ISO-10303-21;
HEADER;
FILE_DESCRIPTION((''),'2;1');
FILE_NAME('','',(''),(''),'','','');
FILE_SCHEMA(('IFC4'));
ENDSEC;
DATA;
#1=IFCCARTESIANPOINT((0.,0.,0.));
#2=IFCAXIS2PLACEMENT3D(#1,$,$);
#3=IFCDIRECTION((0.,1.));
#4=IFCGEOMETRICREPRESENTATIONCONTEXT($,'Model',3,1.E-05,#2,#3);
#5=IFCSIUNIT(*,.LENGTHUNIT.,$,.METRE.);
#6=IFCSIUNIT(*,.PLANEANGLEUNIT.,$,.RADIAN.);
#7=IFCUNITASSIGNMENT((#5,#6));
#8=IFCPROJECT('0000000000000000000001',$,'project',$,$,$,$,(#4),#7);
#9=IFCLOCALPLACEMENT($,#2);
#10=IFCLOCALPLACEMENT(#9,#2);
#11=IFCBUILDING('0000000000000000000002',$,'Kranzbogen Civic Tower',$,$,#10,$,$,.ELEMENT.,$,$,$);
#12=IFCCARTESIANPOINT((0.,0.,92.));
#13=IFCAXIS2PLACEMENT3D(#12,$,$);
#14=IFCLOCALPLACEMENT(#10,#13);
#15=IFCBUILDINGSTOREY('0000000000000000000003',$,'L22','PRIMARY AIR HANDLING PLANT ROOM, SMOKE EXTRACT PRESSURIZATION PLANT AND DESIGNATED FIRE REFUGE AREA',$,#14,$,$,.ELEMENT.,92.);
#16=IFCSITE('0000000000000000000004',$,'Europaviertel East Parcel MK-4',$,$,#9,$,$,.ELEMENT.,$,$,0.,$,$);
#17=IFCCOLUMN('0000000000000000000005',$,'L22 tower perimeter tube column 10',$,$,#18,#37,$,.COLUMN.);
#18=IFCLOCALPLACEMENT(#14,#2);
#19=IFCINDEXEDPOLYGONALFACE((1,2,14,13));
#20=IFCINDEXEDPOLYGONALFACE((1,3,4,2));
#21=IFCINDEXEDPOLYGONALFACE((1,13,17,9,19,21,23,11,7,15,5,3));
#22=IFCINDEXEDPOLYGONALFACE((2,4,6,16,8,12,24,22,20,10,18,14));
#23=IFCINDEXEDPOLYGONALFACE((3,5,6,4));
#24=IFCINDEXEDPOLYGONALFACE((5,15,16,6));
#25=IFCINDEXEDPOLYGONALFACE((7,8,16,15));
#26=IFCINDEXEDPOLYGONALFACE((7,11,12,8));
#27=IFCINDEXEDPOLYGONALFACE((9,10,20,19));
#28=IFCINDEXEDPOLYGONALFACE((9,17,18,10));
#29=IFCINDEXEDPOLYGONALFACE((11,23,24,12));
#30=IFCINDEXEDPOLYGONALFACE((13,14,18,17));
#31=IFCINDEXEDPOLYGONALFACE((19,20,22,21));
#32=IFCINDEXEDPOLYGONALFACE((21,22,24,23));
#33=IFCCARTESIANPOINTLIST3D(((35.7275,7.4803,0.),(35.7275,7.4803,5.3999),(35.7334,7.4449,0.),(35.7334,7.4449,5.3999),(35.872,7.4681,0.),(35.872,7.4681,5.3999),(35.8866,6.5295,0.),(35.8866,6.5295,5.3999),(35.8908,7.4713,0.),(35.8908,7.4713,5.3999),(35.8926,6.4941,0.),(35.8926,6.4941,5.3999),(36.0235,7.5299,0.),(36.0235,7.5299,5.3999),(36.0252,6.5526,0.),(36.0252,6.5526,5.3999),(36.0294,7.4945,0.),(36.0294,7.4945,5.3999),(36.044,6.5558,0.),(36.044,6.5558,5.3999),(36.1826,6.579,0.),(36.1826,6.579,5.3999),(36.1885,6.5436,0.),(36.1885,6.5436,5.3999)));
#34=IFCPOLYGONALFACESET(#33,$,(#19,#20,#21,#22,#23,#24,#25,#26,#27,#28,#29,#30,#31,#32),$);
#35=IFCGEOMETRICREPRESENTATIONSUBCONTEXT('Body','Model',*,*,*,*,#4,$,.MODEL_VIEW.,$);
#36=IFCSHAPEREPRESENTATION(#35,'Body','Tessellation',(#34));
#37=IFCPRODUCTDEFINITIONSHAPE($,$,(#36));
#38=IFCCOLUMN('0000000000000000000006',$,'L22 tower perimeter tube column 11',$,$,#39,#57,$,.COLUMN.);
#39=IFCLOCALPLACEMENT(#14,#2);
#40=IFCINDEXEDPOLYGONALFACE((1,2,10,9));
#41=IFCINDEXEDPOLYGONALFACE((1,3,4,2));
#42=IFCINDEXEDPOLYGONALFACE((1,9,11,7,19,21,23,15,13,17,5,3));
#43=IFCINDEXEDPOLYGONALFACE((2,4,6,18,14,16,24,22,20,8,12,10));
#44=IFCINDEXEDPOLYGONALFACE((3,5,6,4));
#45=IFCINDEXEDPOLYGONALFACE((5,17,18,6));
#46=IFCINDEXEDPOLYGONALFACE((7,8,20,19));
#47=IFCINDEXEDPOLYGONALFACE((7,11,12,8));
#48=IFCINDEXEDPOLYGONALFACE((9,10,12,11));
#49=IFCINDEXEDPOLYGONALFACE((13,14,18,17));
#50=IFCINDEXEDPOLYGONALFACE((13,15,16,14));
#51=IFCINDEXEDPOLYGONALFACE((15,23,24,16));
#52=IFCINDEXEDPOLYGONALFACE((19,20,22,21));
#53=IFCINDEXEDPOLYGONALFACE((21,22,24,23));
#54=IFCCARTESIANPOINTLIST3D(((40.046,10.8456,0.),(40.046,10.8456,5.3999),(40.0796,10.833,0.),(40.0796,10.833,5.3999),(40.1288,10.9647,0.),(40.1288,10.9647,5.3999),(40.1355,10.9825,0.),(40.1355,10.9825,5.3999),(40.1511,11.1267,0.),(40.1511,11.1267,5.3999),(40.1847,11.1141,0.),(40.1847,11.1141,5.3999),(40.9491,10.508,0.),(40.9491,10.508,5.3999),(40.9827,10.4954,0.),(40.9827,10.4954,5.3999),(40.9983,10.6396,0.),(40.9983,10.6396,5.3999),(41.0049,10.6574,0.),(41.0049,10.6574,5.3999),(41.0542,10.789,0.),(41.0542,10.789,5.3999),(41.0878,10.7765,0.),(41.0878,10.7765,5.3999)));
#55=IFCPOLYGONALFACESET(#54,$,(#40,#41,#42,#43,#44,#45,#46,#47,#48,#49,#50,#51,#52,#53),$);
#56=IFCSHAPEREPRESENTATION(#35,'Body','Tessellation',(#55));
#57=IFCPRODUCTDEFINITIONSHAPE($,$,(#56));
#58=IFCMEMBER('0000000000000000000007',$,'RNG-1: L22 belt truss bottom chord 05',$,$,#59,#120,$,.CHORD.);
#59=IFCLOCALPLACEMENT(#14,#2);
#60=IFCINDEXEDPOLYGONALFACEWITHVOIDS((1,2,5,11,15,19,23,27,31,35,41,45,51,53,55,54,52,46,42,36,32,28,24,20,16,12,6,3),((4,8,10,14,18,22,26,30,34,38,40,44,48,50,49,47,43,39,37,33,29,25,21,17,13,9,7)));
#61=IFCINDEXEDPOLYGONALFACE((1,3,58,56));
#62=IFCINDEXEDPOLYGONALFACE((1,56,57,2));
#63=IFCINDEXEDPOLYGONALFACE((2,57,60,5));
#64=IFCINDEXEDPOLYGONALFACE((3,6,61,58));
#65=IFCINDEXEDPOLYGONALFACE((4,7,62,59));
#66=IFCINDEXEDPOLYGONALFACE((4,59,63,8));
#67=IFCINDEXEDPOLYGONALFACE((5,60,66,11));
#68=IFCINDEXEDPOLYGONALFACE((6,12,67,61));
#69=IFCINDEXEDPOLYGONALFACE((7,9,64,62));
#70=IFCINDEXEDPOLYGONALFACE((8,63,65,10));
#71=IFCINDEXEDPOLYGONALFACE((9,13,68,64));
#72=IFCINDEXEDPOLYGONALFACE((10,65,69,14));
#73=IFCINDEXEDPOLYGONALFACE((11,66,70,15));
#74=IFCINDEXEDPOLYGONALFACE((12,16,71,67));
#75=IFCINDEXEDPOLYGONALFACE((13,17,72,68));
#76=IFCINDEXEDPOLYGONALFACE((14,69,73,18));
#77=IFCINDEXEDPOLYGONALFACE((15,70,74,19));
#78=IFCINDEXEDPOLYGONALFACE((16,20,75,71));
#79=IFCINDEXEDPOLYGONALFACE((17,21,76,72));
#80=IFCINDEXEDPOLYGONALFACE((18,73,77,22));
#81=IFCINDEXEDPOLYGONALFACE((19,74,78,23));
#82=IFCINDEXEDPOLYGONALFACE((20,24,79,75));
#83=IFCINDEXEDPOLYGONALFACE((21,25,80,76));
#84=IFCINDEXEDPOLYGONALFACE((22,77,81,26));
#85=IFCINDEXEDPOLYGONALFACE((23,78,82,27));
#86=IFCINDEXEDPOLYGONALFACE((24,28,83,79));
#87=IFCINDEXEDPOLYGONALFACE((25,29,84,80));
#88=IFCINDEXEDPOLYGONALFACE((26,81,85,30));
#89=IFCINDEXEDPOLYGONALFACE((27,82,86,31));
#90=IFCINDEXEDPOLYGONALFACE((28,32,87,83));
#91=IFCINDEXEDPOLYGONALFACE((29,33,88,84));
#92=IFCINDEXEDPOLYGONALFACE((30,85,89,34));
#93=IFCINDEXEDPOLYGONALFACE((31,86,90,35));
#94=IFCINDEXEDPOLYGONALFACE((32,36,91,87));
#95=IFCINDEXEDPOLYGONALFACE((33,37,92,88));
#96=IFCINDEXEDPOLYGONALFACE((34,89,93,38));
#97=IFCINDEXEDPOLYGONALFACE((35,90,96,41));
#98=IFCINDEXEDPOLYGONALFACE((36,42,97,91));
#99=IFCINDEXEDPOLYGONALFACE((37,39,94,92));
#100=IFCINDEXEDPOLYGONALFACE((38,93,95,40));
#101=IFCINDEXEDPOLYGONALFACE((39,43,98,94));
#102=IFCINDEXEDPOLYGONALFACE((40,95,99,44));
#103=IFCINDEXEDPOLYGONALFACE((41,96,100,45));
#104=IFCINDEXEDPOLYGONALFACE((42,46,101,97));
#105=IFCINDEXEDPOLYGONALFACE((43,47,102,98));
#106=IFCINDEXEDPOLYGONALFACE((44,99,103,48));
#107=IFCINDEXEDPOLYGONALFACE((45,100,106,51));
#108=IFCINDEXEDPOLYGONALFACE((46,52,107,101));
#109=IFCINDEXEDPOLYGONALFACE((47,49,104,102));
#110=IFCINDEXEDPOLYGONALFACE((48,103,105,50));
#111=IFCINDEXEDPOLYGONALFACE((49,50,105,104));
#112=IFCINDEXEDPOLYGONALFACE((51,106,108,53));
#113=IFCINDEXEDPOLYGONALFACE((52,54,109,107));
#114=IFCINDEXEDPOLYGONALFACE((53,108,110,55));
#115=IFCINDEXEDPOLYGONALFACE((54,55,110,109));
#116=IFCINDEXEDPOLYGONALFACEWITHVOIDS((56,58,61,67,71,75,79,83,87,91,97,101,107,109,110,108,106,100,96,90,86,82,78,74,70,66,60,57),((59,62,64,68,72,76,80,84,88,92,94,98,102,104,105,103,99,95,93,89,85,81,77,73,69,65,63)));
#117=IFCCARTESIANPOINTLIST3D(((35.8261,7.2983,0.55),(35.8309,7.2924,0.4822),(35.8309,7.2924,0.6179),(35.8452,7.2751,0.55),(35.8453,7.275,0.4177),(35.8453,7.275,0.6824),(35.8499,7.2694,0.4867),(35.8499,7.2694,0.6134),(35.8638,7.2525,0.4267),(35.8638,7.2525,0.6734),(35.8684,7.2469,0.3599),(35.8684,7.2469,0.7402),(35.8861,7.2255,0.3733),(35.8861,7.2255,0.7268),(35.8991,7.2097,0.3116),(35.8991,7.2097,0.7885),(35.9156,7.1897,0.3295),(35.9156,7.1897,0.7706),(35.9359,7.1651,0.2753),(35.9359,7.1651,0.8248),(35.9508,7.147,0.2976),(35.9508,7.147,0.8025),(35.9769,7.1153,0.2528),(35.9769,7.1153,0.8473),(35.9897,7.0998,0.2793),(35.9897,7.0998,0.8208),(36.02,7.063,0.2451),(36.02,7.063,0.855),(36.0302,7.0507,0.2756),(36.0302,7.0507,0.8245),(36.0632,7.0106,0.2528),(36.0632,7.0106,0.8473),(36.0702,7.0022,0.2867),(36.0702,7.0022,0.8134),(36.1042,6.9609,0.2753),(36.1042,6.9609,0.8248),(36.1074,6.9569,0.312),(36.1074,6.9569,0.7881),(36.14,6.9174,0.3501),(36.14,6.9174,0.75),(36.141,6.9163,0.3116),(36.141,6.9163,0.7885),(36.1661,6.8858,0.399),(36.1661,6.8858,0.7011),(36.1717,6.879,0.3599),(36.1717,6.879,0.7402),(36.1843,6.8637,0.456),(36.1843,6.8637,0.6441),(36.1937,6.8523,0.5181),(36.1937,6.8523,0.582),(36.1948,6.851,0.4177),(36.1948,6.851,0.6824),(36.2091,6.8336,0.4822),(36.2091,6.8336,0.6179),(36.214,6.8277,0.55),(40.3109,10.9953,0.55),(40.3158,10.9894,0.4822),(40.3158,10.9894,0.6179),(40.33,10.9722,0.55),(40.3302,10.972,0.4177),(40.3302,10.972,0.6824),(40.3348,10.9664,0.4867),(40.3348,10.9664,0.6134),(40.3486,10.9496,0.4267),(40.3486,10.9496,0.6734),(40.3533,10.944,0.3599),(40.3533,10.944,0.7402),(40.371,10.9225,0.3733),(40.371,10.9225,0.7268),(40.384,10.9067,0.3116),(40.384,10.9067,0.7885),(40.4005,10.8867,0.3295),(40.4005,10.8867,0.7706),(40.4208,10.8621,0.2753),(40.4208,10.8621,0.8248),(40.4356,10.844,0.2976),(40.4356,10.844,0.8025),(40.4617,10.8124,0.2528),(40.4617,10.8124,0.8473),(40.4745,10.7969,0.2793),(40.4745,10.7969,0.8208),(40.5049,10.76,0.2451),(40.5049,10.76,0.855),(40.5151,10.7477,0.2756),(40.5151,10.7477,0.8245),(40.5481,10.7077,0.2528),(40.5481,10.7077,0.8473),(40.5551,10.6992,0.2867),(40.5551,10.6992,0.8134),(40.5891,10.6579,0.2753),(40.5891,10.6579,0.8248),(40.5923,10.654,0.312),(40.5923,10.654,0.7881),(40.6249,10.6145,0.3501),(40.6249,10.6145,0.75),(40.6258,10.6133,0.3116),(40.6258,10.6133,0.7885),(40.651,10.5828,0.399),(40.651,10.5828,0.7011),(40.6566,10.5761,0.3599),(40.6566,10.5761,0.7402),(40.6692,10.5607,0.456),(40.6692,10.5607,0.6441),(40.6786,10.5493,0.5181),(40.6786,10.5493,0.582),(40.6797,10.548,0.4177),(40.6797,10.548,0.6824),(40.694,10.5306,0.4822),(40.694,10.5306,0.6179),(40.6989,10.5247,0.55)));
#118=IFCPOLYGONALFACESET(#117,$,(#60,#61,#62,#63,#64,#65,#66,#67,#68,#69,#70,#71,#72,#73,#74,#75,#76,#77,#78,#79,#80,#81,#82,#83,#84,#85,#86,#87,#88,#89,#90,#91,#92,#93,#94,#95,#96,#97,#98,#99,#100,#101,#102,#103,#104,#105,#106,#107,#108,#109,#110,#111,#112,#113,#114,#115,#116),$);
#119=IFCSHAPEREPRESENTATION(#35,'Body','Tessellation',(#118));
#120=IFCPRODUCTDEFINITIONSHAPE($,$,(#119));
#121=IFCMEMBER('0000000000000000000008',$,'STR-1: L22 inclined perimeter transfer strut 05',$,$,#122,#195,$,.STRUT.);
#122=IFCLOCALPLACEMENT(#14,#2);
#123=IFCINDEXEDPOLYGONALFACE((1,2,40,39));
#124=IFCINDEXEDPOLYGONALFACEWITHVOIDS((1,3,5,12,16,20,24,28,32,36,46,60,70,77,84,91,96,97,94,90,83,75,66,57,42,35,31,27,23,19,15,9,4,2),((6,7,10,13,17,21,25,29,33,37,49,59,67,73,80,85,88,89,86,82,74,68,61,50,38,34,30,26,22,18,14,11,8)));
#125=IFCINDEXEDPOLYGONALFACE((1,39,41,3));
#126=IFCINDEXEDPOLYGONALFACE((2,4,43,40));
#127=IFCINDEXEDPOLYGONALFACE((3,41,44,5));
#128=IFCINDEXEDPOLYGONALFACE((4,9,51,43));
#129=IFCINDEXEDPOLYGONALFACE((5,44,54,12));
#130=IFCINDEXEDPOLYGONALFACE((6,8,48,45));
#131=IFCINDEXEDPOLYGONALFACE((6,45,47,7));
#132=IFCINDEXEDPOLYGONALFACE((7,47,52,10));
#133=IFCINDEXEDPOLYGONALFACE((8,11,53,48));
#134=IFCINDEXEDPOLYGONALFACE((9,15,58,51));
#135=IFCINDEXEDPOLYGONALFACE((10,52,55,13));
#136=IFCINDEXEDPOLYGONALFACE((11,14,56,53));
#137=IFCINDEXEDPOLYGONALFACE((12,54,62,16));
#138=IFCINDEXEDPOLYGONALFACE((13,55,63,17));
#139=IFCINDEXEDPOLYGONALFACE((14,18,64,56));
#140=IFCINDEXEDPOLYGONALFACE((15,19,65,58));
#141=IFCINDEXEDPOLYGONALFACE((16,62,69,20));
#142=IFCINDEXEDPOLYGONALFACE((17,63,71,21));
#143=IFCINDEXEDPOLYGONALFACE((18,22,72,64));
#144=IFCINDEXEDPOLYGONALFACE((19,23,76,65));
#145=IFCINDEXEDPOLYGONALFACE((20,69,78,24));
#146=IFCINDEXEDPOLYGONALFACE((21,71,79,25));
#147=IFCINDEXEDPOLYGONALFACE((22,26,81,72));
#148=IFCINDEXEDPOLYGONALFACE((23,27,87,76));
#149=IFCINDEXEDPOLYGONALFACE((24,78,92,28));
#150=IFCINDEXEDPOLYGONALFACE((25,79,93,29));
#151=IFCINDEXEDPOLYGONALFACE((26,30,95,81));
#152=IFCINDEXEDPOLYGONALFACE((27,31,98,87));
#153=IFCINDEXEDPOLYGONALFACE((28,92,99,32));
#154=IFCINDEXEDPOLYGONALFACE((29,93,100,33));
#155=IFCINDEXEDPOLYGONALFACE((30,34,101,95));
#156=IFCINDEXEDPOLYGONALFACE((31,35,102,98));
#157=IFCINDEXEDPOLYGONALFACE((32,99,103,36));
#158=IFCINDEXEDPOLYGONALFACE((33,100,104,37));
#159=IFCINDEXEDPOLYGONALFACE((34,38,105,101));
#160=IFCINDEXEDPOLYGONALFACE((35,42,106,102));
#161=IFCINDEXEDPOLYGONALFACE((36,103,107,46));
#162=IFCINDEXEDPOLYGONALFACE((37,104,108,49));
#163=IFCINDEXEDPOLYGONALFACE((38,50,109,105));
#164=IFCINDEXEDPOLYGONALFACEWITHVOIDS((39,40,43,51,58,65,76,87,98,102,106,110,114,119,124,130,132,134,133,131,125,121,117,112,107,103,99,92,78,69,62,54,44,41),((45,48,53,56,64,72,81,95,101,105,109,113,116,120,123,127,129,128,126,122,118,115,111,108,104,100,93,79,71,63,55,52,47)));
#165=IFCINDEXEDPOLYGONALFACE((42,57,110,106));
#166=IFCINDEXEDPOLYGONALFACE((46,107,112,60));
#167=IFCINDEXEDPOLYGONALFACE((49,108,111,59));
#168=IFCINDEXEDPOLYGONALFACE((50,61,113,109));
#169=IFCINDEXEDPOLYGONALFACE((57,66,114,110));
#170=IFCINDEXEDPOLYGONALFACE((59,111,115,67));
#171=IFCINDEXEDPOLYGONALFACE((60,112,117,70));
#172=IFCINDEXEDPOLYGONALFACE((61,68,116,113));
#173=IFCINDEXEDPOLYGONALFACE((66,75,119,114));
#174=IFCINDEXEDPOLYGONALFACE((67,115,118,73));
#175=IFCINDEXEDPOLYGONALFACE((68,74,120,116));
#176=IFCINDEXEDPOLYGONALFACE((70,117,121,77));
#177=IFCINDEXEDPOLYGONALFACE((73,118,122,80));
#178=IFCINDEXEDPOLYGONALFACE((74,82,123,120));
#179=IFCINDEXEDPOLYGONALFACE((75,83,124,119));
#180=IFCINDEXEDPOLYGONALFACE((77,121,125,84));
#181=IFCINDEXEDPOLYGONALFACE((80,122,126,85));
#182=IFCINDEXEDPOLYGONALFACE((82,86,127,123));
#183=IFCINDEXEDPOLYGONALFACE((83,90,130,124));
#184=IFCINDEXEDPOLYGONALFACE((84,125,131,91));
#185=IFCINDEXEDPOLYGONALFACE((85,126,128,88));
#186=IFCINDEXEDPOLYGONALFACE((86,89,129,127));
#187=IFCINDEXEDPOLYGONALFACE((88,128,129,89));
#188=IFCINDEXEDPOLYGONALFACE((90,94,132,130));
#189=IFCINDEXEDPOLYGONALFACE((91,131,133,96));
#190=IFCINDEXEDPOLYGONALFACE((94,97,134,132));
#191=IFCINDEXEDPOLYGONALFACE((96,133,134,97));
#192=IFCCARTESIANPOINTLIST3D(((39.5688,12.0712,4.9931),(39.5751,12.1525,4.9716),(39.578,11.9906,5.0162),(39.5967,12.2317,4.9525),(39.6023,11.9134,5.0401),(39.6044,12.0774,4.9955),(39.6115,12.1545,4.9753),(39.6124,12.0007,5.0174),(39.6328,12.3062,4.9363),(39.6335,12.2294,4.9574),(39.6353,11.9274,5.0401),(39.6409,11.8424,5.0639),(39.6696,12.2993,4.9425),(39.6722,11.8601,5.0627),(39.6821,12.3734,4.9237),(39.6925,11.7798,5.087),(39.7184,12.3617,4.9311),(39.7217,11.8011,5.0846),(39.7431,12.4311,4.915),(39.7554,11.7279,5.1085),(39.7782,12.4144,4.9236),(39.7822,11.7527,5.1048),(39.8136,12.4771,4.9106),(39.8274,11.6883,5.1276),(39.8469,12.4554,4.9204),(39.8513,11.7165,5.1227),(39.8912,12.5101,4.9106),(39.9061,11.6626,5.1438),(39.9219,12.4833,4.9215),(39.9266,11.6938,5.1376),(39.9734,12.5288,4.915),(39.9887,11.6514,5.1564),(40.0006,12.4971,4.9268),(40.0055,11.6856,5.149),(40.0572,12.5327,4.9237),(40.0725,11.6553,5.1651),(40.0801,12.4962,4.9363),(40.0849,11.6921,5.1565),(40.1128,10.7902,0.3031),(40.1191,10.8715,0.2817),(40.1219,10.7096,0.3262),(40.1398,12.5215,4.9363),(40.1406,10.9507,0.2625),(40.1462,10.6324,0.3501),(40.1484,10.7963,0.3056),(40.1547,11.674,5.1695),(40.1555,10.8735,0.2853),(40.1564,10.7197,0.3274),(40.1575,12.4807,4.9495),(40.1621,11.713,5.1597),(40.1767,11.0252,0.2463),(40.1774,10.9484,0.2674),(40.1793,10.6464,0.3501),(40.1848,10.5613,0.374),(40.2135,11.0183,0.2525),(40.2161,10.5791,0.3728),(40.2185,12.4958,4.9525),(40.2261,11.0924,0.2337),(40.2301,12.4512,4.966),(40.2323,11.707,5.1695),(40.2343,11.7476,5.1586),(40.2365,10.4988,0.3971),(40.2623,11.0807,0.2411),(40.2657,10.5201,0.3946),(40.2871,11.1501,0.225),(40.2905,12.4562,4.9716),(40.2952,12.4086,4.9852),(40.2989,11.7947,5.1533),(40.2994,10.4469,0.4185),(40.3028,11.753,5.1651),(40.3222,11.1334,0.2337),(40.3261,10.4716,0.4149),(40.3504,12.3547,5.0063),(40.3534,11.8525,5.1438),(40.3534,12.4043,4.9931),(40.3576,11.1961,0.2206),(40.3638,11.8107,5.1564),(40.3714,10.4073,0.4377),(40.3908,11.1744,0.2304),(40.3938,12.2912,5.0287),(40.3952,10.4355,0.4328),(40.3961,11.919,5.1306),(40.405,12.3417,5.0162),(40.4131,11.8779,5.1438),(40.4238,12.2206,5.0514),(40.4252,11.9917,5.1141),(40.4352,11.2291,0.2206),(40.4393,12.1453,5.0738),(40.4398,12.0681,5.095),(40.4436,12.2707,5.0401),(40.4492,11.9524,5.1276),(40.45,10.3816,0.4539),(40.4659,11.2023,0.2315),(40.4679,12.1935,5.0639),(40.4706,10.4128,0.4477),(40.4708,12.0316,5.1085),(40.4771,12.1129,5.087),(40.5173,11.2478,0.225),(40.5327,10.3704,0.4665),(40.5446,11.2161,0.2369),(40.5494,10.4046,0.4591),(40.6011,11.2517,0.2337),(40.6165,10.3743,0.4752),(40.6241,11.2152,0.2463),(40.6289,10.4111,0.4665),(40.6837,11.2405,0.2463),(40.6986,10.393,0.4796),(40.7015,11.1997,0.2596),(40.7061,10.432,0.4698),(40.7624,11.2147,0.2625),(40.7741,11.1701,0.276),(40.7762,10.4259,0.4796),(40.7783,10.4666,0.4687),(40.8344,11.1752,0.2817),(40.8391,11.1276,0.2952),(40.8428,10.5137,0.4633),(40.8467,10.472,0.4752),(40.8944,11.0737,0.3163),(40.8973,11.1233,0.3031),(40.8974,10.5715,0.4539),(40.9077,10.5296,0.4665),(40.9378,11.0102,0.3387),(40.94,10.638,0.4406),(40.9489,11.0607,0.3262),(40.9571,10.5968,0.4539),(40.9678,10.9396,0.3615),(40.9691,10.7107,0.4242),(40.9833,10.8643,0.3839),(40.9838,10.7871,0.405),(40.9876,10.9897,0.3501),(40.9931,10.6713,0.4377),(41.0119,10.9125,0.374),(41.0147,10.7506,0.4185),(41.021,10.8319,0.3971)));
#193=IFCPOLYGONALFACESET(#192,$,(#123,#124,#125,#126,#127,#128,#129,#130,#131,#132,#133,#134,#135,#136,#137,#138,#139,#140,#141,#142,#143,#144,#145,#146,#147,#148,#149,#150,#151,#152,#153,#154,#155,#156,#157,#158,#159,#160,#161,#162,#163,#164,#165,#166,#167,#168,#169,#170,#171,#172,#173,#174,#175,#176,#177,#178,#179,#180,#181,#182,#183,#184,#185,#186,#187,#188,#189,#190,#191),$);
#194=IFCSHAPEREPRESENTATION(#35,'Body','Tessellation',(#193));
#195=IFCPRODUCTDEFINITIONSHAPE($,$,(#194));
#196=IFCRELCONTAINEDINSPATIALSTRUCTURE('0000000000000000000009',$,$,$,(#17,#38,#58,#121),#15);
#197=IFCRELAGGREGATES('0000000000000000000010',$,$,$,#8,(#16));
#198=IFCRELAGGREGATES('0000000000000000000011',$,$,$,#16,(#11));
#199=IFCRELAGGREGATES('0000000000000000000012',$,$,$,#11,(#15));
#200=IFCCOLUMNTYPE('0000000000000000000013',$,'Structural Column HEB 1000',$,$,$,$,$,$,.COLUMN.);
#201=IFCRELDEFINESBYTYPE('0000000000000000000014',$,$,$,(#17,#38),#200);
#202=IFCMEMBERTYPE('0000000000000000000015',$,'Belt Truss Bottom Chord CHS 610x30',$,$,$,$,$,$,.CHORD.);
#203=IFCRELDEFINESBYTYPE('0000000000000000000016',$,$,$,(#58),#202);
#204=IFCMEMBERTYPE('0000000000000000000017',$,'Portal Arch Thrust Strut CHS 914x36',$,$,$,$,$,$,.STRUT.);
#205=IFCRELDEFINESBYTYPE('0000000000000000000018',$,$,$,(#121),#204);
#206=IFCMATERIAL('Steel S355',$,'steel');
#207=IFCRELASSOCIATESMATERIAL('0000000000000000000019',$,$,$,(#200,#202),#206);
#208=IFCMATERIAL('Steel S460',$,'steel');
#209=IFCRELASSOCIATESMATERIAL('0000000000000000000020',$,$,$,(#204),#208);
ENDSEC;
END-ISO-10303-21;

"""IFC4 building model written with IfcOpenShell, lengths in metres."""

from ifc_helpers import new_model, si_unit, direction, frame, origin, origin_2d, place, context, subcontext, project, spatial, hollow_circle, i_section, extrude, material, material_profile, profile_set, type_object, element, save


model = new_model("IFC4")

# Units and contexts
model_context = context("Model", 3, precision=1e-05, world=origin(), true_north=direction((0.0, 1.0)))
body_context = subcontext(model_context, "Body", "Model", "MODEL_VIEW")
ifc_project = project(units=[si_unit("LENGTHUNIT", "METRE"), si_unit("PLANEANGLEUNIT", "RADIAN")], contexts=[model_context])

# Site, building, storey
site_placement = place(None, origin())
site = spatial("IfcSite", under=ifc_project, at=site_placement, Name="Europaviertel East Parcel MK-4", CompositionType="ELEMENT", RefElevation=0.0)
building_placement = place(site_placement, origin())
building = spatial("IfcBuilding", under=site, at=building_placement, Name="Kranzbogen Civic Tower", CompositionType="ELEMENT")
storey_placement = place(building_placement, frame((0.0, 0.0, 92.0)))
storey = spatial("IfcBuildingStorey", under=building, at=storey_placement, Name="L22", Description="PRIMARY AIR HANDLING PLANT ROOM, SMOKE EXTRACT PRESSURIZATION PLANT AND DESIGNATED FIRE REFUGE AREA", CompositionType="ELEMENT", Elevation=92.0)

# Columns
ifc_material_1 = material(Name="Steel S355", Category="steel")
ifc_material_profile_1 = material_profile(ifc_material_1, i_section(OverallWidth=0.3, OverallDepth=1.0, WebThickness=0.019, FlangeThickness=0.0359, at=origin_2d()), Name="HEB 1000")
ifc_profile_set_1 = profile_set([ifc_material_profile_1], Name="Steel S355")
column_type = type_object("IfcColumnType", Name="Structural Column HEB 1000", PredefinedType="COLUMN", material=ifc_profile_set_1)
for number, where, z_axis, x_axis, name in (
    (1, (35.958, 7.012, 0.0), (0.0, 0.0, 1.0), (0.986286, 0.165048, 0.0), "L22 tower perimeter tube column 10"),
    (2, (40.5669, 10.811, 0.0), (0.0, 0.0, 1.0), (0.350207, 0.936672, 0.0), "L22 tower perimeter tube column 11"),
):
    element("IfcColumn", number, at=place(storey_placement, frame(where, z_axis=z_axis, x_axis=x_axis)), inside=storey, type_object=column_type, Name=name, PredefinedType="COLUMN", context=body_context, shape_type="SweptSolid", body=[
        extrude(i_section(OverallWidth=0.3, OverallDepth=1.0, WebThickness=0.019, FlangeThickness=0.0359, at=origin_2d()), origin(), (0.0, 0.0, 1.0), 5.3999),
    ])

# Members
ifc_material_profile_2 = material_profile(ifc_material_1, hollow_circle(Radius=0.3049, WallThickness=0.03, at=origin_2d()), Name="CHS 610x30")
ifc_profile_set_2 = profile_set([ifc_material_profile_2], Name="Steel S355")
member_type_1 = type_object("IfcMemberType", Name="Belt Truss Bottom Chord CHS 610x30", PredefinedType="CHORD", material=ifc_profile_set_2)
member_1_placement = place(storey_placement, frame((36.02, 7.063, 0.55), z_axis=(0.771626, 0.636077, 0.0), x_axis=(-0.636077, 0.771626, 0.0)))
element("IfcMember", 3, at=member_1_placement, inside=storey, type_object=member_type_1, Name="RNG-1: L22 belt truss bottom chord 05", PredefinedType="CHORD", context=body_context, shape_type="SweptSolid", body=[
    extrude(hollow_circle(Radius=0.3049, WallThickness=0.03, at=origin_2d()), origin(), (0.0, 0.0, 1.0), 5.8123),
])
ifc_material_2 = material(Name="Steel S460", Category="steel")
ifc_material_profile_3 = material_profile(ifc_material_2, hollow_circle(Radius=0.457, WallThickness=0.0359, at=origin_2d()), Name="CHS 914x36")
ifc_profile_set_3 = profile_set([ifc_material_profile_3], Name="Steel S460")
member_type_2 = type_object("IfcMemberType", Name="Portal Arch Thrust Strut CHS 914x36", PredefinedType="STRUT", material=ifc_profile_set_3)
member_2_placement = place(storey_placement, frame((40.5669, 10.811, 0.3501), z_axis=(-0.111189, 0.261853, 0.958681), x_axis=(-0.920456, -0.390847, 0.0)))
element("IfcMember", 4, at=member_2_placement, inside=storey, type_object=member_type_2, Name="STR-1: L22 inclined perimeter transfer strut 05", PredefinedType="STRUT", context=body_context, shape_type="SweptSolid", body=[
    extrude(hollow_circle(Radius=0.457, WallThickness=0.0359, at=origin_2d()), origin(), (0.0, 0.0, 1.0), 4.8921),
])

save(model, "model.ifc")
